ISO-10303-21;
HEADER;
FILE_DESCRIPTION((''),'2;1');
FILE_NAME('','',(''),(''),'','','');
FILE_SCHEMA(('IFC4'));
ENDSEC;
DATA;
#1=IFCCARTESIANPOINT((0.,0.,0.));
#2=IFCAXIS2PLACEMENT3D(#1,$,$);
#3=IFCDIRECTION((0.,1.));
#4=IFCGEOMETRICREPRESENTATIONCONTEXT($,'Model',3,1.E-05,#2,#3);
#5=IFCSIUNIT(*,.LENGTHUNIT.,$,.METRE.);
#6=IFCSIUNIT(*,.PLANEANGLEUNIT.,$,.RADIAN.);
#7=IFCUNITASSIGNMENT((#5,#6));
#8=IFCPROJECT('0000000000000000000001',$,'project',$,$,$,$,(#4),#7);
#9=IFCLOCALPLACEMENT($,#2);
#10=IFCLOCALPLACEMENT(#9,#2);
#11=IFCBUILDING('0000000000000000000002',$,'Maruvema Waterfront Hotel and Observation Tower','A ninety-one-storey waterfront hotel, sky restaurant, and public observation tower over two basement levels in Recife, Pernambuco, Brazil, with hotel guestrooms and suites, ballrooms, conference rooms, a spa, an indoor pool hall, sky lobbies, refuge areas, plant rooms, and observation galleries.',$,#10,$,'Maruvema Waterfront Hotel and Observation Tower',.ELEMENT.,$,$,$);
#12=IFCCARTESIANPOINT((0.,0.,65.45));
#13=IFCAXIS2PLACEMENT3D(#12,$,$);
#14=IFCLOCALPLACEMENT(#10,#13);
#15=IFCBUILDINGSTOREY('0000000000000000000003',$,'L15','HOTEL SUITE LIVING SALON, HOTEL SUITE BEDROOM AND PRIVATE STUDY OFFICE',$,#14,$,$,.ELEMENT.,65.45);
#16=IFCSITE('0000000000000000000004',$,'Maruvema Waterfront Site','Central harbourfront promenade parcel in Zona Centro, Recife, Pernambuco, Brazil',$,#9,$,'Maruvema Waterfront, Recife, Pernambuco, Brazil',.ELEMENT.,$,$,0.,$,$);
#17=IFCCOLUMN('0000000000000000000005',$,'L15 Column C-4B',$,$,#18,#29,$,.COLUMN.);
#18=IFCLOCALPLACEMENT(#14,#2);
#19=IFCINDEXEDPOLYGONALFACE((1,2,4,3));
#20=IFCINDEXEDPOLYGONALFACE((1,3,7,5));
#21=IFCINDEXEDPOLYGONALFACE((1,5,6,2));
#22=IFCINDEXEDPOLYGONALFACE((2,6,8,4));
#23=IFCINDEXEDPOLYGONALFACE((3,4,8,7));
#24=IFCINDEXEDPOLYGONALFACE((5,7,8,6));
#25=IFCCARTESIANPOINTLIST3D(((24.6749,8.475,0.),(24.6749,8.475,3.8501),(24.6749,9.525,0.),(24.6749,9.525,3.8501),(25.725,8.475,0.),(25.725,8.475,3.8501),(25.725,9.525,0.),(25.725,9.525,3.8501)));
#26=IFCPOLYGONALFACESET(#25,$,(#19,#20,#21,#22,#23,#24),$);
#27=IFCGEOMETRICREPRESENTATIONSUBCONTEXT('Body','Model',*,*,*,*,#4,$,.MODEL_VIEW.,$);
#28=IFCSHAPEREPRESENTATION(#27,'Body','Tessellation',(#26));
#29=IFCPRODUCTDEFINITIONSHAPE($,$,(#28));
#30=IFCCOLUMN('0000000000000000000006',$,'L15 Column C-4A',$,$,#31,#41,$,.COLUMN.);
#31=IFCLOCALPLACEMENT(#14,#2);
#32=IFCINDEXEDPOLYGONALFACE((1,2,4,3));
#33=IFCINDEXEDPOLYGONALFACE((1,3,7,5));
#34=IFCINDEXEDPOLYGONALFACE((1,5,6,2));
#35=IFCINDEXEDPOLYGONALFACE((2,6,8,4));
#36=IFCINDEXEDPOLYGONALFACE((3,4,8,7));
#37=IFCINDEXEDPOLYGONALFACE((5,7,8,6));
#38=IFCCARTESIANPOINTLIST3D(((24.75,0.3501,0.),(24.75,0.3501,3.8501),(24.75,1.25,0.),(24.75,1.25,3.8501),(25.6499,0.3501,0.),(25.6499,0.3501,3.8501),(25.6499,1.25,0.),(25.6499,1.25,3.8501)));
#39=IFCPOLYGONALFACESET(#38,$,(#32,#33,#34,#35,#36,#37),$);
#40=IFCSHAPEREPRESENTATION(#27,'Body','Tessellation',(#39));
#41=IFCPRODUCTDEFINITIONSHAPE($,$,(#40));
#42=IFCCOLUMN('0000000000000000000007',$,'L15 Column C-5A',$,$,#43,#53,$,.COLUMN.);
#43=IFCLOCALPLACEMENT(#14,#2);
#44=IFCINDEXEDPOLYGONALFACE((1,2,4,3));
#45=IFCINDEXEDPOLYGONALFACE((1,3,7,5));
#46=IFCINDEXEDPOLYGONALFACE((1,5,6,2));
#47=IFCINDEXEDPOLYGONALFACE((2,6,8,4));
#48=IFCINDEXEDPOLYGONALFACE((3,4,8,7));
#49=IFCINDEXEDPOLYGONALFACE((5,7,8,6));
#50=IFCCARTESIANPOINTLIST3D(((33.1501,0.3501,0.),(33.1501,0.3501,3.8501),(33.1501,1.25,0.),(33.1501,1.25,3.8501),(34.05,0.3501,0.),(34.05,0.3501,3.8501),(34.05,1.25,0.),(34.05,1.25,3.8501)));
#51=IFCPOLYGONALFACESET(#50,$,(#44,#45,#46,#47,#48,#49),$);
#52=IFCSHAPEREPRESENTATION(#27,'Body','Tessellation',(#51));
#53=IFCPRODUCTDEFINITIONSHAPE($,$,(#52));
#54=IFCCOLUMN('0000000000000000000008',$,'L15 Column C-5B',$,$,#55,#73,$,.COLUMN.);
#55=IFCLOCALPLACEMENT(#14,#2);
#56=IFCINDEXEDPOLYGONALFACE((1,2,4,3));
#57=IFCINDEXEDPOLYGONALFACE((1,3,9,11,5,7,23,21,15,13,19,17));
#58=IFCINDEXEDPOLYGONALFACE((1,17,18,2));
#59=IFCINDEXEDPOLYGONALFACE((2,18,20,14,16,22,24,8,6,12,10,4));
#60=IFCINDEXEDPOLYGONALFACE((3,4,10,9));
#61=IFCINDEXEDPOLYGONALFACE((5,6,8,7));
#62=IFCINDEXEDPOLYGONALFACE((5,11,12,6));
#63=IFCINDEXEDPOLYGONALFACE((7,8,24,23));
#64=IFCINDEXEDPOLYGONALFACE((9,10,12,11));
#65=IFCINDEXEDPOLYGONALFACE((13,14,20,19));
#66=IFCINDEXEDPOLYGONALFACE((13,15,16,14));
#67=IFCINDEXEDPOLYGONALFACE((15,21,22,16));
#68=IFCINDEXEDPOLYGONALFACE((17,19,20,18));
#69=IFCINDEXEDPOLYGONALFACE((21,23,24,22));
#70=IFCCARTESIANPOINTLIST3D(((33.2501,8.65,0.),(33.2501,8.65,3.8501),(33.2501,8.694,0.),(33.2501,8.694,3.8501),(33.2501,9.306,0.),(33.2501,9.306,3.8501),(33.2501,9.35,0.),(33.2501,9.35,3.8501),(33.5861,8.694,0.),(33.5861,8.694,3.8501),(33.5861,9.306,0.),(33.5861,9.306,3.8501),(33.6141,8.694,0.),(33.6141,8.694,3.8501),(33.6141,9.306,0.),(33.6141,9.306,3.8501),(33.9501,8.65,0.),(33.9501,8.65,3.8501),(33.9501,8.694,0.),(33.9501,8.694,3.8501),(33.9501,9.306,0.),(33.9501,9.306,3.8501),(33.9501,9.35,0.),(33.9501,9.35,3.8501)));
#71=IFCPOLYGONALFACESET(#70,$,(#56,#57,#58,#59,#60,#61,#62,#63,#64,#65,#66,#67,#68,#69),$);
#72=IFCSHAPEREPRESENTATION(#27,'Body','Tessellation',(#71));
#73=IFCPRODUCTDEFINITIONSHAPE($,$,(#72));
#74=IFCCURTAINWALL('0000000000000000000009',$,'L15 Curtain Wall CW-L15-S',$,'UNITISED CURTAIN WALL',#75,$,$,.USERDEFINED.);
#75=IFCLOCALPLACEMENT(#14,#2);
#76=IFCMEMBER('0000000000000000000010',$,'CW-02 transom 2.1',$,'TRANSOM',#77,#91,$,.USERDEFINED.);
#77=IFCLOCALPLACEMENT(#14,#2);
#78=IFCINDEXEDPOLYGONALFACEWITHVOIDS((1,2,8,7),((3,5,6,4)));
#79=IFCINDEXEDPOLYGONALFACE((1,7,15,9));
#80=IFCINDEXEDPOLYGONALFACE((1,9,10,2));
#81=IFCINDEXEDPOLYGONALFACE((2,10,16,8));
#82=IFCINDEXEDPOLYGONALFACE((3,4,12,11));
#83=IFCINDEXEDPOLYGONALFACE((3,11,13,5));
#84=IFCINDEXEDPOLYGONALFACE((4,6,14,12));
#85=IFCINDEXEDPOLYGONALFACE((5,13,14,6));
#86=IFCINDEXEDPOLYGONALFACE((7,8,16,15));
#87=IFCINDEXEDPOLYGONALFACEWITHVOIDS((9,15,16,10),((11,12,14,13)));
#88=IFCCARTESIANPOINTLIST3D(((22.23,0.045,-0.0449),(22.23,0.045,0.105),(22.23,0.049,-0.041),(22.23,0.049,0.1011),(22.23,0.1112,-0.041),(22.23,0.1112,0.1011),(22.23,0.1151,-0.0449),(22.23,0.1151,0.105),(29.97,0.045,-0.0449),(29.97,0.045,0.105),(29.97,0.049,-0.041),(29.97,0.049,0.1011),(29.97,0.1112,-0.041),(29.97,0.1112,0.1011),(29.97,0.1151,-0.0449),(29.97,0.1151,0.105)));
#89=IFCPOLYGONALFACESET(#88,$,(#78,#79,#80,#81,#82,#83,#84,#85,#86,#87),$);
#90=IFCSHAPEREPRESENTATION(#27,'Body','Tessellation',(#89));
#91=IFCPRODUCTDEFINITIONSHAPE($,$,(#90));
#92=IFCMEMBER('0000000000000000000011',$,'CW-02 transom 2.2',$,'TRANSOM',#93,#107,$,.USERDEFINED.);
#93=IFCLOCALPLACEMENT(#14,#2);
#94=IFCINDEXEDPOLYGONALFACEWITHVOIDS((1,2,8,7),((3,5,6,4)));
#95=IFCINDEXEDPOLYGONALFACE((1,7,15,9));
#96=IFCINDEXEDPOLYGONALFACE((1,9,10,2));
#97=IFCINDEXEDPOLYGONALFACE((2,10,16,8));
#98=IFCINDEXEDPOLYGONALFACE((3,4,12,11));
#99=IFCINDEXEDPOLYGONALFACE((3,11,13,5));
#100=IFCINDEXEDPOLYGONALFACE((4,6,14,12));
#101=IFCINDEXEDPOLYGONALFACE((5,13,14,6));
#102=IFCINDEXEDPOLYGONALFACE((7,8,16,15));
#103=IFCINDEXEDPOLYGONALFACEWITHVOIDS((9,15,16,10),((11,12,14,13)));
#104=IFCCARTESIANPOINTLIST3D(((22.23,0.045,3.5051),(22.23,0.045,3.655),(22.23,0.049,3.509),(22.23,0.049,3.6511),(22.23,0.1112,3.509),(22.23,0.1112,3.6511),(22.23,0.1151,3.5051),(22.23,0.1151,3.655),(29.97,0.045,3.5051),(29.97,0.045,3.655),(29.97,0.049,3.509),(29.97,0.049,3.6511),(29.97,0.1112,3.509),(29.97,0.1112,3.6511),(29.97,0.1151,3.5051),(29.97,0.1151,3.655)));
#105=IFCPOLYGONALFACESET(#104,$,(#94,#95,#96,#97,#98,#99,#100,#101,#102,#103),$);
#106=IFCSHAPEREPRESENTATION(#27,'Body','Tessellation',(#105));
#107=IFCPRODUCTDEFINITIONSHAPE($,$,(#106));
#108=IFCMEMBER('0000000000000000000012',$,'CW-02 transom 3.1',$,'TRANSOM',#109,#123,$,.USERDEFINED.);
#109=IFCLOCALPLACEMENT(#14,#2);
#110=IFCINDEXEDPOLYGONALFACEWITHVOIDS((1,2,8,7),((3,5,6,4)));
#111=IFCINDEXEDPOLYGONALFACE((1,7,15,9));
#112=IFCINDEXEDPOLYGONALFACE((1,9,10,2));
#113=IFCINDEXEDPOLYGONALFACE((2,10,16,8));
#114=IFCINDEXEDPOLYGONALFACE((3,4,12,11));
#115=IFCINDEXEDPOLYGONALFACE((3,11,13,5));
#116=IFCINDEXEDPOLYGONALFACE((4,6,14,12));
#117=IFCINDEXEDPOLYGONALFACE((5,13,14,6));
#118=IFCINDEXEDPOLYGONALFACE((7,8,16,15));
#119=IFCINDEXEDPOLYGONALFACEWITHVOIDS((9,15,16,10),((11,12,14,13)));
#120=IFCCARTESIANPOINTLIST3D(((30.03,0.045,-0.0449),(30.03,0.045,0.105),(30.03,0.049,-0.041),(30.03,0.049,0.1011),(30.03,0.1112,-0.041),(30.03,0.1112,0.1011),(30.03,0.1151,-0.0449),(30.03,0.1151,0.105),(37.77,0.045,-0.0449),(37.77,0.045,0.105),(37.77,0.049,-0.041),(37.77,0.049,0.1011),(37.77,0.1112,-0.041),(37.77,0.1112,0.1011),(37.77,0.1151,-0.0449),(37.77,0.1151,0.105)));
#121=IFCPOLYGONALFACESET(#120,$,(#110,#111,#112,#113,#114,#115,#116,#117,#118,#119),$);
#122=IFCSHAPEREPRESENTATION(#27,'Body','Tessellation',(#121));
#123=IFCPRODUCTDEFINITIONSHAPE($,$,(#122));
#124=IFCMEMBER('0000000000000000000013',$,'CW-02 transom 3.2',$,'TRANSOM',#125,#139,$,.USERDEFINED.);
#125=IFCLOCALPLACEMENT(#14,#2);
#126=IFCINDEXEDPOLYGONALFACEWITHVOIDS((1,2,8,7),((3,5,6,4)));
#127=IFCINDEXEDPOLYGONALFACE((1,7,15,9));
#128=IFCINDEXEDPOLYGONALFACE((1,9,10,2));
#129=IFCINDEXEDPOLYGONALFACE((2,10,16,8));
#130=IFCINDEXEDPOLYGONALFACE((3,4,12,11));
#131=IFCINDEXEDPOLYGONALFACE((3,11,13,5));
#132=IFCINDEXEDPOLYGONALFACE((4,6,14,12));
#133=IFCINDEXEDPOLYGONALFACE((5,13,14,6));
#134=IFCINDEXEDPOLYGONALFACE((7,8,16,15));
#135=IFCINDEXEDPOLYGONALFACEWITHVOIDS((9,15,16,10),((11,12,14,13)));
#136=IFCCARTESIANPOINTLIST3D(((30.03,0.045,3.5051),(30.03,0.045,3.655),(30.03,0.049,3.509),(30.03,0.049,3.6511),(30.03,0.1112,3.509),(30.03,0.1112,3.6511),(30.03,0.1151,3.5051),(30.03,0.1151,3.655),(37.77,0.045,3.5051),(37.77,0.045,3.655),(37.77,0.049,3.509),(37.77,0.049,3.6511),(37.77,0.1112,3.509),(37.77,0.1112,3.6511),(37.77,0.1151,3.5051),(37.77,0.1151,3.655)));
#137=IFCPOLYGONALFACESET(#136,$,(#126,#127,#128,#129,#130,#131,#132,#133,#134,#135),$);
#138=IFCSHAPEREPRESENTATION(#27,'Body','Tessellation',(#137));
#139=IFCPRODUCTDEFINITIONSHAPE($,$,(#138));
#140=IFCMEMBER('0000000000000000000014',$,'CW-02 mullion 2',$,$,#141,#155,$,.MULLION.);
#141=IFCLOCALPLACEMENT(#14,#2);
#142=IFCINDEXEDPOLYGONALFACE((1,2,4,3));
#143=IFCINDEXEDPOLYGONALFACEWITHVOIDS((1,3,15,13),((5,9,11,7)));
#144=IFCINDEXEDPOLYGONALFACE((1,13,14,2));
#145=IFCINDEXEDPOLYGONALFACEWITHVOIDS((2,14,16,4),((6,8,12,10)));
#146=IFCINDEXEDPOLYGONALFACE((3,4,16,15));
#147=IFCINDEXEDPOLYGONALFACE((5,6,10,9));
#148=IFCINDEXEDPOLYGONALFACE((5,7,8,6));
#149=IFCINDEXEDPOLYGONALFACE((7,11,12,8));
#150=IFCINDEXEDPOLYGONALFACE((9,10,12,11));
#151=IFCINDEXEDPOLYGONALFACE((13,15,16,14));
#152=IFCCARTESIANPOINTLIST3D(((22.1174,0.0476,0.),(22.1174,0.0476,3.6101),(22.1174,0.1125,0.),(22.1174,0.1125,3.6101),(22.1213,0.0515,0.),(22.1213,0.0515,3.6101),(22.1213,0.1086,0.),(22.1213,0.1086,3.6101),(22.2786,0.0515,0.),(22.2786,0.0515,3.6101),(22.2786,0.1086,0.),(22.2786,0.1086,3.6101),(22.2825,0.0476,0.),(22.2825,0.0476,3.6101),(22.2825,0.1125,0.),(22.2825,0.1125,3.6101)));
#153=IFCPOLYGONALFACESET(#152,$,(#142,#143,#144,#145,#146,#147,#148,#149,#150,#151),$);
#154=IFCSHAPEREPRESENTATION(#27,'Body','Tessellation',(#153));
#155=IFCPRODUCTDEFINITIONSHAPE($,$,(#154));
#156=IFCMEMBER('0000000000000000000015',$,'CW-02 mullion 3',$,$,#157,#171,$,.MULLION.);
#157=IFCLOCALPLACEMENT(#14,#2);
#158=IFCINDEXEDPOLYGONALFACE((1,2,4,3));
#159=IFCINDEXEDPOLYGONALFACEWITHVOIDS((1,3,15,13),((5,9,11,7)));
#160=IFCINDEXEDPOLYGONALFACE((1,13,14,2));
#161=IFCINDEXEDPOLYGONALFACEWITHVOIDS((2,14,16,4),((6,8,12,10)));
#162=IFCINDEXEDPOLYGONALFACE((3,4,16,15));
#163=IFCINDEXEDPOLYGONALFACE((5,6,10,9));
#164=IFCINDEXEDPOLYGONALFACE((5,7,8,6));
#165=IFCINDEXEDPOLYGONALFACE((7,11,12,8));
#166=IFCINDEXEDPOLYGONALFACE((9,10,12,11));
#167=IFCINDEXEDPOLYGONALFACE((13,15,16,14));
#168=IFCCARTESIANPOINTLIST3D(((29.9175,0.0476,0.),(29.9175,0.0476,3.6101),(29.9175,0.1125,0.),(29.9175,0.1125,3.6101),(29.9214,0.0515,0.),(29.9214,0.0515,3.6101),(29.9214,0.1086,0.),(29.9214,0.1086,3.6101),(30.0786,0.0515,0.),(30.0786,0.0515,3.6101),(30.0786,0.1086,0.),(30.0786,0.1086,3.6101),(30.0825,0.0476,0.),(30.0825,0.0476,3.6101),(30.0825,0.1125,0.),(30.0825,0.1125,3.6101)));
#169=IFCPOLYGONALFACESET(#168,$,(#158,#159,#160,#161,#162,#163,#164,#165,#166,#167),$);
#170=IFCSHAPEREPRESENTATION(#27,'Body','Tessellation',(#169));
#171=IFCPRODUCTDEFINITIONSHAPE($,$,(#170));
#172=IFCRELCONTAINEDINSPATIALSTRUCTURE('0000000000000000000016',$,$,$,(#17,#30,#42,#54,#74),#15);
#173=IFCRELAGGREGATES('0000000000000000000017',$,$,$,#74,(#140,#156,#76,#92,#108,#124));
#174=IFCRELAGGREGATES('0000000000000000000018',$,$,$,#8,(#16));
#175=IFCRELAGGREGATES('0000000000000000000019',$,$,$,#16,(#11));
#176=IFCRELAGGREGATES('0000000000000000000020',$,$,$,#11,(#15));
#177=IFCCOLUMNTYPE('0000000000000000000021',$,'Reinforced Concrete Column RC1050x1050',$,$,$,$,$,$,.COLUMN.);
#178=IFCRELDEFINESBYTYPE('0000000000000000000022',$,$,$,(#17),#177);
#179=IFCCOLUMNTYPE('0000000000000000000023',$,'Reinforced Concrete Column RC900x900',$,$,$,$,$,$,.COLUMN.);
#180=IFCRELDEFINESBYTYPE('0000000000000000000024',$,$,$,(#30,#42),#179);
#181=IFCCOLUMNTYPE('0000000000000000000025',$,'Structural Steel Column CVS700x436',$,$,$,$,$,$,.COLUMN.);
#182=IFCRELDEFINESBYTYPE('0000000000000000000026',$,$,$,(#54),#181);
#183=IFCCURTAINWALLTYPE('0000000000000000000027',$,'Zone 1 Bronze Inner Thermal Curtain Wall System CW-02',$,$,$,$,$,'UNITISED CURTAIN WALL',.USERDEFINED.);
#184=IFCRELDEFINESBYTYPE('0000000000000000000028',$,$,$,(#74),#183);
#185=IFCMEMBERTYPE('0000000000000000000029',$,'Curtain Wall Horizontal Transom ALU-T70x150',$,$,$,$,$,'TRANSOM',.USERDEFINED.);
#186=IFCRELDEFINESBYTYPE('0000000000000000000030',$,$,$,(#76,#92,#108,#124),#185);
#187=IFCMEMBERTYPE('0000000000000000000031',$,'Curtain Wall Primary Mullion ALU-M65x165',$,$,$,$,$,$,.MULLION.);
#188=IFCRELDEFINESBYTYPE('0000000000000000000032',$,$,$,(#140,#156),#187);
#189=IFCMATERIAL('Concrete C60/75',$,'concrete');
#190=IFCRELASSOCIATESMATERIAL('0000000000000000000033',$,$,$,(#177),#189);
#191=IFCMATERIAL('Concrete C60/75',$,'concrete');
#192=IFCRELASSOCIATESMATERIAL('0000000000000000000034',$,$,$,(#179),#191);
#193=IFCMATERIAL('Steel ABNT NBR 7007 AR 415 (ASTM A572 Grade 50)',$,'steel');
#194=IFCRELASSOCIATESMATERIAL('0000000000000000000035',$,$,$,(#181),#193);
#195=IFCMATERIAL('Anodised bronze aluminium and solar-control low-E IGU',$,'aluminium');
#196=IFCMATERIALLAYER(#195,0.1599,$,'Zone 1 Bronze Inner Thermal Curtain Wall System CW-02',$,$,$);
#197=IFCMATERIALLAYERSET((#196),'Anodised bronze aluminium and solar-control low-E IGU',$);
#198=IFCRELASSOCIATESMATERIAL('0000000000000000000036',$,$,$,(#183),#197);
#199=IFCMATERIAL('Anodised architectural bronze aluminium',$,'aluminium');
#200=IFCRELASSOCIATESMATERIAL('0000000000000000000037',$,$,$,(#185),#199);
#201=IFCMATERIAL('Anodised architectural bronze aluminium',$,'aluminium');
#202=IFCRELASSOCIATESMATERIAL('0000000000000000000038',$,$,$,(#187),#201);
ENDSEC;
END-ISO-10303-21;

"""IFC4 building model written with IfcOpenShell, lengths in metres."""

from ifc_helpers import new_model, si_unit, direction, frame, origin, origin_2d, place, context, subcontext, project, spatial, rectangle, hollow_rectangle, i_section, extrude, material, layer, layer_set, material_profile, profile_set, type_object, element, aggregate, save


model = new_model("IFC4")

# Units and contexts
model_context = context("Model", 3, precision=1e-05, world=origin(), true_north=direction((0.0, 1.0)))
body_context = subcontext(model_context, "Body", "Model", "MODEL_VIEW")
ifc_project = project(units=[si_unit("LENGTHUNIT", "METRE"), si_unit("PLANEANGLEUNIT", "RADIAN")], contexts=[model_context])

# Site, building, storey
site_placement = place(None, origin())
site = spatial("IfcSite", under=ifc_project, at=site_placement, Name="Maruvema Waterfront Site", Description="Central harbourfront promenade parcel in Zona Centro, Recife, Pernambuco, Brazil", LongName="Maruvema Waterfront, Recife, Pernambuco, Brazil", CompositionType="ELEMENT", RefElevation=0.0)
building_placement = place(site_placement, origin())
building = spatial("IfcBuilding", under=site, at=building_placement, Name="Maruvema Waterfront Hotel and Observation Tower", Description="A ninety-one-storey waterfront hotel, sky restaurant, and public observation tower over two basement levels in Recife, Pernambuco, Brazil, with hotel guestrooms and suites, ballrooms, conference rooms, a spa, an indoor pool hall, sky lobbies, refuge areas, plant rooms, and observation galleries.", LongName="Maruvema Waterfront Hotel and Observation Tower", CompositionType="ELEMENT")
storey_placement = place(building_placement, frame((0.0, 0.0, 65.45)))
storey = spatial("IfcBuildingStorey", under=building, at=storey_placement, Name="L15", Description="HOTEL SUITE LIVING SALON, HOTEL SUITE BEDROOM AND PRIVATE STUDY OFFICE", CompositionType="ELEMENT", Elevation=65.45)

# Columns
ifc_material_1 = material(Name="Concrete C60/75", Category="concrete")
ifc_material_profile_1 = material_profile(ifc_material_1, rectangle(XDim=1.05, YDim=1.05, at=origin_2d()), Name="RC1050x1050")
ifc_profile_set_1 = profile_set([ifc_material_profile_1], Name="Concrete C60/75")
column_type_1 = type_object("IfcColumnType", Name="Reinforced Concrete Column RC1050x1050", PredefinedType="COLUMN", material=ifc_profile_set_1)
column_1_placement = place(storey_placement, frame((25.2, 9.0, 0.0), z_axis=(0.0, 0.0, 1.0), x_axis=(1.0, 0.0, 0.0)))
element("IfcColumn", 1, at=column_1_placement, inside=storey, type_object=column_type_1, Name="L15 Column C-4B", PredefinedType="COLUMN", context=body_context, shape_type="SweptSolid", body=[
    extrude(rectangle(XDim=1.05, YDim=1.05, at=origin_2d()), origin(), (0.0, 0.0, 1.0), 3.8501),
])
ifc_material_2 = material(Name="Concrete C60/75", Category="concrete")
ifc_material_profile_2 = material_profile(ifc_material_2, rectangle(XDim=0.8999, YDim=0.8999, at=origin_2d()), Name="RC900x900")
ifc_profile_set_2 = profile_set([ifc_material_profile_2], Name="Concrete C60/75")
column_type_2 = type_object("IfcColumnType", Name="Reinforced Concrete Column RC900x900", PredefinedType="COLUMN", material=ifc_profile_set_2)
for number, where, z_axis, x_axis, name in (
    (2, (25.2, 0.8, 0.0), (0.0, 0.0, 1.0), (1.0, 0.0, 0.0), "L15 Column C-4A"),
    (3, (33.6001, 0.8, 0.0), (0.0, 0.0, 1.0), (1.0, 0.0, 0.0), "L15 Column C-5A"),
):
    element("IfcColumn", number, at=place(storey_placement, frame(where, z_axis=z_axis, x_axis=x_axis)), inside=storey, type_object=column_type_2, Name=name, PredefinedType="COLUMN", context=body_context, shape_type="SweptSolid", body=[
        extrude(rectangle(XDim=0.8999, YDim=0.8999, at=origin_2d()), origin(), (0.0, 0.0, 1.0), 3.8501),
    ])
ifc_material_3 = material(Name="Steel ABNT NBR 7007 AR 415 (ASTM A572 Grade 50)", Category="steel")
ifc_material_profile_3 = material_profile(ifc_material_3, i_section(OverallWidth=0.7, OverallDepth=0.7, WebThickness=0.0281, FlangeThickness=0.0439, at=origin_2d()), Name="CVS700x436")
ifc_profile_set_3 = profile_set([ifc_material_profile_3], Name="Steel ABNT NBR 7007 AR 415 (ASTM A572 Grade 50)")
column_type_3 = type_object("IfcColumnType", Name="Structural Steel Column CVS700x436", PredefinedType="COLUMN", material=ifc_profile_set_3)
column_2_placement = place(storey_placement, frame((33.6001, 9.0, 0.0), z_axis=(0.0, 0.0, 1.0), x_axis=(1.0, 0.0, 0.0)))
element("IfcColumn", 4, at=column_2_placement, inside=storey, type_object=column_type_3, Name="L15 Column C-5B", PredefinedType="COLUMN", context=body_context, shape_type="SweptSolid", body=[
    extrude(i_section(OverallWidth=0.7, OverallDepth=0.7, WebThickness=0.0281, FlangeThickness=0.0439, at=origin_2d()), origin(), (0.0, 0.0, 1.0), 3.8501),
])

# Curtain wall, members
ifc_material_4 = material(Name="Anodised bronze aluminium and solar-control low-E IGU", Category="aluminium")
ifc_layer_1 = layer(ifc_material_4, 0.1599, Name="Zone 1 Bronze Inner Thermal Curtain Wall System CW-02")
ifc_layer_set_1 = layer_set([ifc_layer_1], Name="Anodised bronze aluminium and solar-control low-E IGU")
curtain_wall_type = type_object("IfcCurtainWallType", Name="Zone 1 Bronze Inner Thermal Curtain Wall System CW-02", ElementType="UNITISED CURTAIN WALL", PredefinedType="USERDEFINED", material=ifc_layer_set_1)
curtain_wall_placement = place(storey_placement, origin())
curtain_wall = element("IfcCurtainWall", 5, at=curtain_wall_placement, inside=storey, type_object=curtain_wall_type, Name="L15 Curtain Wall CW-L15-S", ObjectType="UNITISED CURTAIN WALL", PredefinedType="USERDEFINED")
ifc_material_5 = material(Name="Anodised architectural bronze aluminium", Category="aluminium")
ifc_material_profile_4 = material_profile(ifc_material_5, hollow_rectangle(XDim=0.0701, YDim=0.1499, WallThickness=0.0039, at=origin_2d()), Name="ALU-T70x150")
ifc_profile_set_4 = profile_set([ifc_material_profile_4], Name="Anodised architectural bronze aluminium")
member_type_1 = type_object("IfcMemberType", Name="Curtain Wall Horizontal Transom ALU-T70x150", ElementType="TRANSOM", PredefinedType="USERDEFINED", material=ifc_profile_set_4)
member_1_placement = place(storey_placement, frame((22.23, 0.0801, 0.03), z_axis=(1.0, 0.0, 0.0), x_axis=(0.0, 1.0, 0.0)))
member_1 = element("IfcMember", 6, at=member_1_placement, type_object=member_type_1, Name="CW-02 transom 2.1", ObjectType="TRANSOM", PredefinedType="USERDEFINED", context=body_context, shape_type="SweptSolid", body=[
    extrude(hollow_rectangle(XDim=0.0701, YDim=0.1499, WallThickness=0.0039, at=origin_2d()), origin(), (0.0, 0.0, 1.0), 7.74),
])
member_2_placement = place(storey_placement, frame((22.23, 0.0801, 3.5801), z_axis=(1.0, 0.0, 0.0), x_axis=(0.0, 1.0, 0.0)))
member_2 = element("IfcMember", 7, at=member_2_placement, type_object=member_type_1, Name="CW-02 transom 2.2", ObjectType="TRANSOM", PredefinedType="USERDEFINED", context=body_context, shape_type="SweptSolid", body=[
    extrude(hollow_rectangle(XDim=0.0701, YDim=0.1499, WallThickness=0.0039, at=origin_2d()), origin(), (0.0, 0.0, 1.0), 7.74),
])
member_3_placement = place(storey_placement, frame((30.03, 0.0801, 0.03), z_axis=(1.0, 0.0, 0.0), x_axis=(0.0, 1.0, 0.0)))
member_3 = element("IfcMember", 8, at=member_3_placement, type_object=member_type_1, Name="CW-02 transom 3.1", ObjectType="TRANSOM", PredefinedType="USERDEFINED", context=body_context, shape_type="SweptSolid", body=[
    extrude(hollow_rectangle(XDim=0.0701, YDim=0.1499, WallThickness=0.0039, at=origin_2d()), origin(), (0.0, 0.0, 1.0), 7.74),
])
member_4_placement = place(storey_placement, frame((30.03, 0.0801, 3.5801), z_axis=(1.0, 0.0, 0.0), x_axis=(0.0, 1.0, 0.0)))
member_4 = element("IfcMember", 9, at=member_4_placement, type_object=member_type_1, Name="CW-02 transom 3.2", ObjectType="TRANSOM", PredefinedType="USERDEFINED", context=body_context, shape_type="SweptSolid", body=[
    extrude(hollow_rectangle(XDim=0.0701, YDim=0.1499, WallThickness=0.0039, at=origin_2d()), origin(), (0.0, 0.0, 1.0), 7.74),
])
ifc_material_6 = material(Name="Anodised architectural bronze aluminium", Category="aluminium")
ifc_material_profile_5 = material_profile(ifc_material_6, hollow_rectangle(XDim=0.0649, YDim=0.165, WallThickness=0.0039, at=origin_2d()), Name="ALU-M65x165")
ifc_profile_set_5 = profile_set([ifc_material_profile_5], Name="Anodised architectural bronze aluminium")
member_type_2 = type_object("IfcMemberType", Name="Curtain Wall Primary Mullion ALU-M65x165", PredefinedType="MULLION", material=ifc_profile_set_5)
member_5_placement = place(storey_placement, frame((22.2, 0.0801, 0.0), z_axis=(0.0, 0.0, 1.0), x_axis=(0.0, 1.0, 0.0)))
member_5 = element("IfcMember", 10, at=member_5_placement, type_object=member_type_2, Name="CW-02 mullion 2", PredefinedType="MULLION", context=body_context, shape_type="SweptSolid", body=[
    extrude(hollow_rectangle(XDim=0.0649, YDim=0.165, WallThickness=0.0039, at=origin_2d()), origin(), (0.0, 0.0, 1.0), 3.6101),
])
member_6_placement = place(storey_placement, frame((30.0, 0.0801, 0.0), z_axis=(0.0, 0.0, 1.0), x_axis=(0.0, 1.0, 0.0)))
member_6 = element("IfcMember", 11, at=member_6_placement, type_object=member_type_2, Name="CW-02 mullion 3", PredefinedType="MULLION", context=body_context, shape_type="SweptSolid", body=[
    extrude(hollow_rectangle(XDim=0.0649, YDim=0.165, WallThickness=0.0039, at=origin_2d()), origin(), (0.0, 0.0, 1.0), 3.6101),
])

aggregate(curtain_wall, [member_5, member_6, member_1, member_2, member_3, member_4])

save(model, "model.ifc")
